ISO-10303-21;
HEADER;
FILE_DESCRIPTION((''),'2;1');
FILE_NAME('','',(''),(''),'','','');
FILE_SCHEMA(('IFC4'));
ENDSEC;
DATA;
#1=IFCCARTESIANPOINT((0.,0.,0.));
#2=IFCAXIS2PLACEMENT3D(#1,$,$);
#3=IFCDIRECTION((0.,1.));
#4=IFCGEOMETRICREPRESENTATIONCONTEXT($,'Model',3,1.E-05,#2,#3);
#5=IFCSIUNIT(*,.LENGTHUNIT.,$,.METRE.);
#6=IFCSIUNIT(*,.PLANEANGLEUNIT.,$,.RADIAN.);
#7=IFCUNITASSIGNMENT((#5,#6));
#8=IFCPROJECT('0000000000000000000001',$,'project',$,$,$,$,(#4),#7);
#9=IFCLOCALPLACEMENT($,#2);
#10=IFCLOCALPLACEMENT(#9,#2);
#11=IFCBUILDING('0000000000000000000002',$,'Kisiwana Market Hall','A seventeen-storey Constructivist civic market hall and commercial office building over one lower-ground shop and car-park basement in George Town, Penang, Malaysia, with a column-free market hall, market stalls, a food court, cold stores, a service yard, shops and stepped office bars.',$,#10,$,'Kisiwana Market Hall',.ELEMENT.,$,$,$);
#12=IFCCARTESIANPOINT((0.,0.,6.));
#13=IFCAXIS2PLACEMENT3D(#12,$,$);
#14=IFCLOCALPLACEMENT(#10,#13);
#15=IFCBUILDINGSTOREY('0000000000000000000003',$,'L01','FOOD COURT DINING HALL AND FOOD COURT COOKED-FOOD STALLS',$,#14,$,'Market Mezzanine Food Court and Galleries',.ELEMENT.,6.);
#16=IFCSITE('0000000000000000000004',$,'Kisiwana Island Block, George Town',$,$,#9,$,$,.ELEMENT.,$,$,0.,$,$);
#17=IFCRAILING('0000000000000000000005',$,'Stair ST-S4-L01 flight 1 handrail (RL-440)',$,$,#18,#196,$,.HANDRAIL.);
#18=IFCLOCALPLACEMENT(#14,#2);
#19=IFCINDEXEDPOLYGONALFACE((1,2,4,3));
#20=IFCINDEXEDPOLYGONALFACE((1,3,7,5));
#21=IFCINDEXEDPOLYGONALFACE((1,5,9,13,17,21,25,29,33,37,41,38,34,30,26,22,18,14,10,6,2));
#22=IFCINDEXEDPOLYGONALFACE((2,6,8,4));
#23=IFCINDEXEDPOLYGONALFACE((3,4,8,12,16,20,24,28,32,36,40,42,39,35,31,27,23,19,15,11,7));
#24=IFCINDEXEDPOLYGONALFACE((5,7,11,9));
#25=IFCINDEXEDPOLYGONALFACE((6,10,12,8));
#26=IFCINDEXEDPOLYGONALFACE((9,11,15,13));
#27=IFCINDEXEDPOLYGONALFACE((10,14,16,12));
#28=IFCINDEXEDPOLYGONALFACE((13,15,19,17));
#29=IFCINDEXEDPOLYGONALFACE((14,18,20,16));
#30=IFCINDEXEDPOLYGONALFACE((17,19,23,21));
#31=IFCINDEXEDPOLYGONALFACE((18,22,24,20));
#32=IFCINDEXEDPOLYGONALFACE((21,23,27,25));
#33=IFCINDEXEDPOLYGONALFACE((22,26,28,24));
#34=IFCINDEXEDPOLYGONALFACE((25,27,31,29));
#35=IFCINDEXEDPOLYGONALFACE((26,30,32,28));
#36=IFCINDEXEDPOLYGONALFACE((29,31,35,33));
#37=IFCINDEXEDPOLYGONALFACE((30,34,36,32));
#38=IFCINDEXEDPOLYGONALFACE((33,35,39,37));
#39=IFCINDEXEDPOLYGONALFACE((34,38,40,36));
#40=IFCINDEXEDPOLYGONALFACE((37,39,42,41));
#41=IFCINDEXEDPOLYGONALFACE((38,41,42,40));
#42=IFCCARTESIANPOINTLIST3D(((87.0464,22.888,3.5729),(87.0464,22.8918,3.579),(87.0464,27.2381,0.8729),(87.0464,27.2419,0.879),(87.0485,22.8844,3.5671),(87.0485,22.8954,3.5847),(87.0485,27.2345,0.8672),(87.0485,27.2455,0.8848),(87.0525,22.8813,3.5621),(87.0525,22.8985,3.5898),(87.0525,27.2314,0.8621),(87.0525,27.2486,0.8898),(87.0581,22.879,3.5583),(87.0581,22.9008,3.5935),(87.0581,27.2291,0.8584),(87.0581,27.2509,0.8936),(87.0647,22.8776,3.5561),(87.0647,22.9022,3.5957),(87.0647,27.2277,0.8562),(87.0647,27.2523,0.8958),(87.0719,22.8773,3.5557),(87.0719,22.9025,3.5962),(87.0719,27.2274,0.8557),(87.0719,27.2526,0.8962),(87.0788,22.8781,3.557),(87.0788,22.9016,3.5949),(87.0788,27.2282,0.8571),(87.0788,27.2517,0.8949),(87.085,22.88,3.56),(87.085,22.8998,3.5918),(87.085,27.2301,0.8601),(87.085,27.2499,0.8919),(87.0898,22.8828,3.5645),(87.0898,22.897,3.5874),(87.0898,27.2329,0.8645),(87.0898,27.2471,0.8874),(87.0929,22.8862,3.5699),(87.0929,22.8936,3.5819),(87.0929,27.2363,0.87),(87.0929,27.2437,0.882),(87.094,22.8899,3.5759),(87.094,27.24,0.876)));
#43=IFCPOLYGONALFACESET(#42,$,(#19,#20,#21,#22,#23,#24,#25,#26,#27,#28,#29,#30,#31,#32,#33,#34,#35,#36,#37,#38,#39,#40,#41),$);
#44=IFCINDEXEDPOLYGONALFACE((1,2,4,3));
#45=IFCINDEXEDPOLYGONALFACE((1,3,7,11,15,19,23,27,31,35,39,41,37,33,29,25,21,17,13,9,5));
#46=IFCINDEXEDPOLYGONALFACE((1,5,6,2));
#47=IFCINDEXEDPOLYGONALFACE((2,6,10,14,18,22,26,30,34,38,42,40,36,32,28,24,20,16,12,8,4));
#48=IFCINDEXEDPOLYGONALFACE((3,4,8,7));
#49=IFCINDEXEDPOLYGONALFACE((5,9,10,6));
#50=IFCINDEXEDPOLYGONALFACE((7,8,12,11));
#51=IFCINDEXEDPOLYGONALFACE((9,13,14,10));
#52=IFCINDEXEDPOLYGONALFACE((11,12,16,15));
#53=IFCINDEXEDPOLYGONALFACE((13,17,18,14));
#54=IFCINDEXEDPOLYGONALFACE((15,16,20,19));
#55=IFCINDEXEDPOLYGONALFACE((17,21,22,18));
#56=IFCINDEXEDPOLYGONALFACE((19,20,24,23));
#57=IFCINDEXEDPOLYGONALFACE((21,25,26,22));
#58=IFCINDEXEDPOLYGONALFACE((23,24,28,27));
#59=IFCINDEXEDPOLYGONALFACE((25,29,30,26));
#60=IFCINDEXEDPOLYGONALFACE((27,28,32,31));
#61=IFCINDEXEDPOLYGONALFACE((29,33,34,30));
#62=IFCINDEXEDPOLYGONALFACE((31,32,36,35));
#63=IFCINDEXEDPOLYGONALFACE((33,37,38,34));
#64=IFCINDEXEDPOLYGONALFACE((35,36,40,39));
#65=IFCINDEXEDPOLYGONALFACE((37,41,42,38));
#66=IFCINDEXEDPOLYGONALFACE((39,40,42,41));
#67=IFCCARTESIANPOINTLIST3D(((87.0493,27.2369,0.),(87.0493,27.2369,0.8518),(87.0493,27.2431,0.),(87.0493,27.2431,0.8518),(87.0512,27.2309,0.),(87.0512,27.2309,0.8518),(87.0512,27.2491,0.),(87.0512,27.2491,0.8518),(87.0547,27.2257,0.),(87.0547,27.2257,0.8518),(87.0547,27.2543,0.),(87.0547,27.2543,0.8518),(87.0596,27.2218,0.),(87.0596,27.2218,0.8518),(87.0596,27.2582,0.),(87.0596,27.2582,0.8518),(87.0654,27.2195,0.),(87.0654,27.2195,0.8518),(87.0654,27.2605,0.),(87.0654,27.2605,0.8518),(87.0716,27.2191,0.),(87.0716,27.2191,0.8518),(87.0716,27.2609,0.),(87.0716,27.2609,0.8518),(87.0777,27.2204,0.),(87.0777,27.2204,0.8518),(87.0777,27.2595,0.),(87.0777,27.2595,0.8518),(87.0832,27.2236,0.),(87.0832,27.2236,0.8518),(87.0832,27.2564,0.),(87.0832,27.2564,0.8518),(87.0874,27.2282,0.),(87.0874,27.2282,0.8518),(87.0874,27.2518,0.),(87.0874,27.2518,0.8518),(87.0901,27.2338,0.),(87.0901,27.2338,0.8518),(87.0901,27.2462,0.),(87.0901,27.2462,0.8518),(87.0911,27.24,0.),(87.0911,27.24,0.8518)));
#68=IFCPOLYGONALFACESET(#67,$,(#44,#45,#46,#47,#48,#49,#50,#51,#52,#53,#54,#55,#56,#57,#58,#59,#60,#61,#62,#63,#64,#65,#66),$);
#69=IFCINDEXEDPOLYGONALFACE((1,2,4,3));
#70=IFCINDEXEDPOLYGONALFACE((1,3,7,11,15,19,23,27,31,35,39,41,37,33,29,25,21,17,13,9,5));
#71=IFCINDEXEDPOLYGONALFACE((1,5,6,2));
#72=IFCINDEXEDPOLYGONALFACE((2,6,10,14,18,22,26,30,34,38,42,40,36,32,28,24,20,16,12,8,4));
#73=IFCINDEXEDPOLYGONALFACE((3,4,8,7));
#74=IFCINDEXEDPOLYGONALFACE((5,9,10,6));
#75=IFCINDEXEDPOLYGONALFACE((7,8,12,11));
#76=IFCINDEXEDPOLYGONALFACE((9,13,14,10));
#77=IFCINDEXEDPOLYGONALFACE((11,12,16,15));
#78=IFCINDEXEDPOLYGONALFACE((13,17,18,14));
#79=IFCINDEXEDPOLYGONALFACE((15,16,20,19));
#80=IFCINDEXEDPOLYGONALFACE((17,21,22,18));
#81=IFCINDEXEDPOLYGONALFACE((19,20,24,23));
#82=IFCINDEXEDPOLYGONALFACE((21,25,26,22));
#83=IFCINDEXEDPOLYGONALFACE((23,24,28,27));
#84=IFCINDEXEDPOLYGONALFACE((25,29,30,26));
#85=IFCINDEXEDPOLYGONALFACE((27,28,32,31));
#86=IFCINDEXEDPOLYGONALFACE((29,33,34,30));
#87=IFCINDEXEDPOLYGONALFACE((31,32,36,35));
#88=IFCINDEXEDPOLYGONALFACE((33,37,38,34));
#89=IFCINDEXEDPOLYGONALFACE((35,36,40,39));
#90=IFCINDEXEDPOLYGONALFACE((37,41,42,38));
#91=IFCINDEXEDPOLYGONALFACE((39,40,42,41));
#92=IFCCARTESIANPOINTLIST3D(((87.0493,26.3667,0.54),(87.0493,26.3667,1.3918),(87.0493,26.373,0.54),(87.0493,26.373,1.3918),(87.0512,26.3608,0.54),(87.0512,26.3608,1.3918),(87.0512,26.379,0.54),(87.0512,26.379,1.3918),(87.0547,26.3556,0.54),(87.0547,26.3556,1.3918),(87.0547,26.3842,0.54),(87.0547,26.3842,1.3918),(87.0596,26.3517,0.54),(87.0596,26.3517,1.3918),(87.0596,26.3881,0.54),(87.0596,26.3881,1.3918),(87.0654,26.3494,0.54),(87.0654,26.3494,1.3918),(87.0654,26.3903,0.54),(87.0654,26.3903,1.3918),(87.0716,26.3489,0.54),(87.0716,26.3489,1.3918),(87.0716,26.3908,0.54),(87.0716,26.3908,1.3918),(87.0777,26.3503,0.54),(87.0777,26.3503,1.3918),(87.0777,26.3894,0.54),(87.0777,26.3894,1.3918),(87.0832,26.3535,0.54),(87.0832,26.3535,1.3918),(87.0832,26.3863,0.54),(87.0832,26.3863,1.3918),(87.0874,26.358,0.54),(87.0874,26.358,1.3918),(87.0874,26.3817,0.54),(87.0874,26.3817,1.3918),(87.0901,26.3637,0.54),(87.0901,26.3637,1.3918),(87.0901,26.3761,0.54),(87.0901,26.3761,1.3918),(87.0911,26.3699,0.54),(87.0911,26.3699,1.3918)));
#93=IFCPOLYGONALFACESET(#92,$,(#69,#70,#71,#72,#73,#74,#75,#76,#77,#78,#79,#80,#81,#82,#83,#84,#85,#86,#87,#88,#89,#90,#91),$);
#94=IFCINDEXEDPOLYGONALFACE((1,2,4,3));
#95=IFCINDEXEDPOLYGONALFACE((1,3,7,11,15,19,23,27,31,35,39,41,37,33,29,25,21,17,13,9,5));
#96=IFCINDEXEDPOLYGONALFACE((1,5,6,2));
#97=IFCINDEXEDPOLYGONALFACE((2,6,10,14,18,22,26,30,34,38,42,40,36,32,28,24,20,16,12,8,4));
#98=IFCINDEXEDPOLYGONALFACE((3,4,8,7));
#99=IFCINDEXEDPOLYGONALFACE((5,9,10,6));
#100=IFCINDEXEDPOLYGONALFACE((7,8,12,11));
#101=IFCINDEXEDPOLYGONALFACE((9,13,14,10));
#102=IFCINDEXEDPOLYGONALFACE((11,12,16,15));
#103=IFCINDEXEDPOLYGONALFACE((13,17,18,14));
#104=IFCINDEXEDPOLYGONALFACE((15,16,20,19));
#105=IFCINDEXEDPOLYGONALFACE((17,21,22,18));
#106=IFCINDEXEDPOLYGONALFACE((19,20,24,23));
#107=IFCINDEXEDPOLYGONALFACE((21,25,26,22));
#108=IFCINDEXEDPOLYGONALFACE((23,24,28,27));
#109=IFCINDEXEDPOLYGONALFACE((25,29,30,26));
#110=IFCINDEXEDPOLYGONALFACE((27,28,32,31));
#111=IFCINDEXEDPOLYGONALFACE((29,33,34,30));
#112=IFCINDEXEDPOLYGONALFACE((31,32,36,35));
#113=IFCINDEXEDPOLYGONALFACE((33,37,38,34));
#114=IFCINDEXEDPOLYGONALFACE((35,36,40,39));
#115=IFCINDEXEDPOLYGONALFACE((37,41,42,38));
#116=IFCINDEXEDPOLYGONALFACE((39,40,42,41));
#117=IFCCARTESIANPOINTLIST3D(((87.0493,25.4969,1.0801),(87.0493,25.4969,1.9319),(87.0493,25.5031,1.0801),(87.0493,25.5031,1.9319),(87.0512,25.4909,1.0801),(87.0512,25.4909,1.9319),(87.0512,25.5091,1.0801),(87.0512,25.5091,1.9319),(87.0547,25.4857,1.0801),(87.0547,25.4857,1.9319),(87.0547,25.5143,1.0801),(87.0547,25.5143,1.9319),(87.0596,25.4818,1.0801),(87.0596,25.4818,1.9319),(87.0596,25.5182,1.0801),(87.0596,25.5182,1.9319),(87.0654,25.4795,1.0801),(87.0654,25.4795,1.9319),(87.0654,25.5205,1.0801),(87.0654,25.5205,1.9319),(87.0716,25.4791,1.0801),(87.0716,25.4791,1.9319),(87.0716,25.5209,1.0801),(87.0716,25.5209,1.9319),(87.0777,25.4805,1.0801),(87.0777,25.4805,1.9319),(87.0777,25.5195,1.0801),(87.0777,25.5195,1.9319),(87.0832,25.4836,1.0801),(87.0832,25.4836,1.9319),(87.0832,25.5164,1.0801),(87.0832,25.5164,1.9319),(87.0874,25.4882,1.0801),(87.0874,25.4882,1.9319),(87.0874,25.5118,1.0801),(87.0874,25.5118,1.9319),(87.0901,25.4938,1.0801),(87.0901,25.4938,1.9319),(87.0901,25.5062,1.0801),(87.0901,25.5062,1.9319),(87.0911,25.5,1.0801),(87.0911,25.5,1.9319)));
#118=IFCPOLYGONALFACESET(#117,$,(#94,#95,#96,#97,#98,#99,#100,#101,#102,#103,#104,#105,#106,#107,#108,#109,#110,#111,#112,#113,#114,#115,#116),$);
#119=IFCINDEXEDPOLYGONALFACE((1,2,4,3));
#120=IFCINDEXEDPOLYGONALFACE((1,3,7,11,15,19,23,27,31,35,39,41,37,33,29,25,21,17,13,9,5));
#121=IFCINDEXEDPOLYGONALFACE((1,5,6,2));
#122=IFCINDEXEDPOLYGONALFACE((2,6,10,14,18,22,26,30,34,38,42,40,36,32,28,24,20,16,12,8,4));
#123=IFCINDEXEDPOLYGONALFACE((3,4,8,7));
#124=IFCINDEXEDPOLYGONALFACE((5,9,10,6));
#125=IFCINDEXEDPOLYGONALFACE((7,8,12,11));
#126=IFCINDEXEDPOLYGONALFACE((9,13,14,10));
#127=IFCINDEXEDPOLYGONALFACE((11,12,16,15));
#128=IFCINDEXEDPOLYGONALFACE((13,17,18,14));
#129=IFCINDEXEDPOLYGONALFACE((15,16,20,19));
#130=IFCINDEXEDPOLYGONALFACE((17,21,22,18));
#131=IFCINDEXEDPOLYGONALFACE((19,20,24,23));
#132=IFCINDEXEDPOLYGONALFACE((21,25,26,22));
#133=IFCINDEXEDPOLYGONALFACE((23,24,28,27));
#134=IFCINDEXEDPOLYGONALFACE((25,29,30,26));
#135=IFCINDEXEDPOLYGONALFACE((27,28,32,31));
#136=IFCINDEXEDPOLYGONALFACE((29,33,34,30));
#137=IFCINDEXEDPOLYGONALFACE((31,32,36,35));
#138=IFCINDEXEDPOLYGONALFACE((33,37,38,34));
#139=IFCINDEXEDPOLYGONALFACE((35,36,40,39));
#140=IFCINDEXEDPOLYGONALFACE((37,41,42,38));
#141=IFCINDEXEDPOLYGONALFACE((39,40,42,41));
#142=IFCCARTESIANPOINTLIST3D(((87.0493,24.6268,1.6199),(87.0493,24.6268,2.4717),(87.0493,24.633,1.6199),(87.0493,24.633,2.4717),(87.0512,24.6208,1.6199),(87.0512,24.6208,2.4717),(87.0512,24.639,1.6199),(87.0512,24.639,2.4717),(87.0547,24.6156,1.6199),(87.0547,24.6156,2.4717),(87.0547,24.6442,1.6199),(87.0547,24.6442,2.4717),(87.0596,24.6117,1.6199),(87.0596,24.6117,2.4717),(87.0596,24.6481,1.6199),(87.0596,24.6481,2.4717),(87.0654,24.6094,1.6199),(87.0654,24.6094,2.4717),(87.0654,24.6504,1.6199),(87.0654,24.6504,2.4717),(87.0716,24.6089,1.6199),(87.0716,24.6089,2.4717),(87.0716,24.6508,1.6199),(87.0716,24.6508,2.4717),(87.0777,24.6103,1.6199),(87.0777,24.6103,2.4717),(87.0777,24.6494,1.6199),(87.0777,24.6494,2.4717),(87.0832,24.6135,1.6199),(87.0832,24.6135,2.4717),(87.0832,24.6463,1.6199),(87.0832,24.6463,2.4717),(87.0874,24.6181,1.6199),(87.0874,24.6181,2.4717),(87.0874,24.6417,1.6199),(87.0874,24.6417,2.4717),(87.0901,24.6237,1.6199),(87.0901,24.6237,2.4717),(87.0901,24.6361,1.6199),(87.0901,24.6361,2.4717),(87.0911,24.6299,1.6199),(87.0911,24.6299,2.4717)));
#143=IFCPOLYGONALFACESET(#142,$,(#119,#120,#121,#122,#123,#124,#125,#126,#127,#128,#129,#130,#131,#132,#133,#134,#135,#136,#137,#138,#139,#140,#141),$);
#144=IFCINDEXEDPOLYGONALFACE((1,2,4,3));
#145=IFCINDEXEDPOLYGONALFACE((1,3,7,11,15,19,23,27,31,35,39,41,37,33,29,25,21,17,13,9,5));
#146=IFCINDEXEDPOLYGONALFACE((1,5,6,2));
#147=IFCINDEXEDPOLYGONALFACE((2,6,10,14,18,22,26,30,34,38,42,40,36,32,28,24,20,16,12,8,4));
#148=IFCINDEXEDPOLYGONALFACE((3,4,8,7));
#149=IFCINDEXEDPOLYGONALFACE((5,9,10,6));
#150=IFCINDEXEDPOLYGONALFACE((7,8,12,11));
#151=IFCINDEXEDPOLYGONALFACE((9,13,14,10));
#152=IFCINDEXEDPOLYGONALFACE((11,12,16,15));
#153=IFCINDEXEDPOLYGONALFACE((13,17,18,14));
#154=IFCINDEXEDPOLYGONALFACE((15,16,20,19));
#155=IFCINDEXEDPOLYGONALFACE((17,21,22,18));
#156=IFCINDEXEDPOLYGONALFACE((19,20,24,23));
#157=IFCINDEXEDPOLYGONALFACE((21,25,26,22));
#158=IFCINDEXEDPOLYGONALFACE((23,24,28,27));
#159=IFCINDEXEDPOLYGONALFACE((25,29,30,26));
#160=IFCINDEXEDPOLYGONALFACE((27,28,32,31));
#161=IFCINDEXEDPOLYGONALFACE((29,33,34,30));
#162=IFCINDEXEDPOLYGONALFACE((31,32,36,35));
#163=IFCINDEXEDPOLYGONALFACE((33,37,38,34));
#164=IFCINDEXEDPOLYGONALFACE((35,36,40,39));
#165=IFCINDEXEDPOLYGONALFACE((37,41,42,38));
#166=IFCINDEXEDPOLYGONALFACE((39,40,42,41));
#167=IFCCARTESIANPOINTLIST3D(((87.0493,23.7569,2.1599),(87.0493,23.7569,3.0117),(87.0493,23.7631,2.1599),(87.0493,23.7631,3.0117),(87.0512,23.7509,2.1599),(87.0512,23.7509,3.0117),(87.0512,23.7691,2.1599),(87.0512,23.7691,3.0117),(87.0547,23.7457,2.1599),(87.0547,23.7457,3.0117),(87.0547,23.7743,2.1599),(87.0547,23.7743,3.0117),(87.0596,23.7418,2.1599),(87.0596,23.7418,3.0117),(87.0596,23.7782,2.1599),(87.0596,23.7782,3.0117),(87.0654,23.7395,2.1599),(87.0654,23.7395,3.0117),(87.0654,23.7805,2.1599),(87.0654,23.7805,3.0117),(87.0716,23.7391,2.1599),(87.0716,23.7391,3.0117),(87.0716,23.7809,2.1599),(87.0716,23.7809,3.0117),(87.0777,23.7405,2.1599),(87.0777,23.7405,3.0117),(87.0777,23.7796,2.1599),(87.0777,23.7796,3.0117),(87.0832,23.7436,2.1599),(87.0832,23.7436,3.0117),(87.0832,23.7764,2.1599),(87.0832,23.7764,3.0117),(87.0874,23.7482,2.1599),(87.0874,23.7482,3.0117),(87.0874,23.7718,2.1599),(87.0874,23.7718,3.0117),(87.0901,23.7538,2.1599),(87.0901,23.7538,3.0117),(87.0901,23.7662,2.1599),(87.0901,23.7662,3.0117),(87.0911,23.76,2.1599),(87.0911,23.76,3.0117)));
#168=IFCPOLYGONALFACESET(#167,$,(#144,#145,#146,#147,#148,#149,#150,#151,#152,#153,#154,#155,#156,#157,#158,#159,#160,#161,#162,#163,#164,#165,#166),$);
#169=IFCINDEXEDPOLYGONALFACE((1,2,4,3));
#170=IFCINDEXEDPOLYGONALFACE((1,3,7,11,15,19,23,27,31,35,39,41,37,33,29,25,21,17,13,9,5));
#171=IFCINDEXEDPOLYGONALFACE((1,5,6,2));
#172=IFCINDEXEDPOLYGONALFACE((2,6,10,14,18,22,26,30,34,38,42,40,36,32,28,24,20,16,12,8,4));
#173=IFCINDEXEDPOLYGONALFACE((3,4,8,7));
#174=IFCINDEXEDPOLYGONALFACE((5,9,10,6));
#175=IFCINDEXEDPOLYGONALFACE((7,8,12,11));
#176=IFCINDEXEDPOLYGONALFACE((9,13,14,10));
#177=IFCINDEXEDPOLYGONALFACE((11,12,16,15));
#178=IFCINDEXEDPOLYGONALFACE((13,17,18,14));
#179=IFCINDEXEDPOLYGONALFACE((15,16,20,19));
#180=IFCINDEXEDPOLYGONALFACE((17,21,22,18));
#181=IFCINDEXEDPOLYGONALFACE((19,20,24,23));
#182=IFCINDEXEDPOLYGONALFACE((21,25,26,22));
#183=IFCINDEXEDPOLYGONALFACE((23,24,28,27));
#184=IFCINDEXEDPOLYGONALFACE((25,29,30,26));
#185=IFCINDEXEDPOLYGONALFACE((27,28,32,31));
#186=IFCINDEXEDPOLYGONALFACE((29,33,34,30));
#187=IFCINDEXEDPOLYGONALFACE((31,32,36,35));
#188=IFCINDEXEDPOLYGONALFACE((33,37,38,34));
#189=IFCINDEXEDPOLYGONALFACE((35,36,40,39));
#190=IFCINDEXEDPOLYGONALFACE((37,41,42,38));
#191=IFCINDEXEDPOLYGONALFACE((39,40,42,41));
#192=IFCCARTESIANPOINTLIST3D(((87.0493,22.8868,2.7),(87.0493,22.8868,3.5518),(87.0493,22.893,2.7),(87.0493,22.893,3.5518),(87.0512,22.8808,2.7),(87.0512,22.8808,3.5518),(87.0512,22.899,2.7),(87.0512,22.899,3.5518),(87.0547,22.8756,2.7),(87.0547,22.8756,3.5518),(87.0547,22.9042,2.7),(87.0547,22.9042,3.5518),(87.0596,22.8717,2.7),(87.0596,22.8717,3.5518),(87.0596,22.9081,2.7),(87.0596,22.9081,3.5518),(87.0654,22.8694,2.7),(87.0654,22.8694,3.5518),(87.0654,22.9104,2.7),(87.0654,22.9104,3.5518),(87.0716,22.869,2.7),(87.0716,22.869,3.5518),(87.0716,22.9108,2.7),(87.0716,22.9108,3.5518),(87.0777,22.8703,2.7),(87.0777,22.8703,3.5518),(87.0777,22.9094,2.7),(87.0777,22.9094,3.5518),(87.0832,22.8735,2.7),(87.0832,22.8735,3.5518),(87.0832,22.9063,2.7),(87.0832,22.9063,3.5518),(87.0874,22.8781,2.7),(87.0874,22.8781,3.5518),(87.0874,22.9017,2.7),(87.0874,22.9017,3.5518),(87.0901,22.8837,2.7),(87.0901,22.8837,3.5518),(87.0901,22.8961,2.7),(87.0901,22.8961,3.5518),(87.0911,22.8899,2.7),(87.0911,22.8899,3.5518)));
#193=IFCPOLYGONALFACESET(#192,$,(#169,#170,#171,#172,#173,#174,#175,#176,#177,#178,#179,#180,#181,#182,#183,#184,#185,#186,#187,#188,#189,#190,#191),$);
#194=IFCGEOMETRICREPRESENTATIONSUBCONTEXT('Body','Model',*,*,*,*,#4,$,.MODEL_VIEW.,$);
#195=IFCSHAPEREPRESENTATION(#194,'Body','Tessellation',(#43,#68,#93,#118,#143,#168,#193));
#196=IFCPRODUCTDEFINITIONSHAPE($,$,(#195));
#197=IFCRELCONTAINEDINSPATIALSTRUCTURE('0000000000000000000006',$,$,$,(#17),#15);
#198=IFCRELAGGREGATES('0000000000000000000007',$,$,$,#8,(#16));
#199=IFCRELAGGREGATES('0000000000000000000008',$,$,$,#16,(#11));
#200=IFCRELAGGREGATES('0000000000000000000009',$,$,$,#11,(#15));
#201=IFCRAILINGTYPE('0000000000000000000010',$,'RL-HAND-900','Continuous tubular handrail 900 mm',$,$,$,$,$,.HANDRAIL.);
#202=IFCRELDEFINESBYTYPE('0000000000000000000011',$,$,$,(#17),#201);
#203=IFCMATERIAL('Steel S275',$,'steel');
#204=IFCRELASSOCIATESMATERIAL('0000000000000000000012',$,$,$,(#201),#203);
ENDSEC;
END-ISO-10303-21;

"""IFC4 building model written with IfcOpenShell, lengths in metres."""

from ifc_helpers import new_model, si_unit, direction, frame, origin, origin_2d, place, context, subcontext, project, spatial, circle, extrude, material, type_object, element, save


model = new_model("IFC4")

# Units and contexts
model_context = context("Model", 3, precision=1e-05, world=origin(), true_north=direction((0.0, 1.0)))
body_context = subcontext(model_context, "Body", "Model", "MODEL_VIEW")
ifc_project = project(units=[si_unit("LENGTHUNIT", "METRE"), si_unit("PLANEANGLEUNIT", "RADIAN")], contexts=[model_context])

# Site, building, storey
site_placement = place(None, origin())
site = spatial("IfcSite", under=ifc_project, at=site_placement, Name="Kisiwana Island Block, George Town", CompositionType="ELEMENT", RefElevation=0.0)
building_placement = place(site_placement, origin())
building = spatial("IfcBuilding", under=site, at=building_placement, Name="Kisiwana Market Hall", Description="A seventeen-storey Constructivist civic market hall and commercial office building over one lower-ground shop and car-park basement in George Town, Penang, Malaysia, with a column-free market hall, market stalls, a food court, cold stores, a service yard, shops and stepped office bars.", LongName="Kisiwana Market Hall", CompositionType="ELEMENT")
storey_placement = place(building_placement, frame((0.0, 0.0, 6.0)))
storey = spatial("IfcBuildingStorey", under=building, at=storey_placement, Name="L01", Description="FOOD COURT DINING HALL AND FOOD COURT COOKED-FOOD STALLS", LongName="Market Mezzanine Food Court and Galleries", CompositionType="ELEMENT", Elevation=6.0)

# Railing
ifc_material_1 = material(Name="Steel S275", Category="steel")
railing_type_1 = type_object("IfcRailingType", Name="RL-HAND-900", Description="Continuous tubular handrail 900 mm", PredefinedType="HANDRAIL", material=ifc_material_1)
railing_1_placement = place(storey_placement, frame((87.0701, 27.24, 0.0)))
element("IfcRailing", 1, at=railing_1_placement, inside=storey, type_object=railing_type_1, Name="Stair ST-S4-L01 flight 1 handrail (RL-440)", PredefinedType="HANDRAIL", context=body_context, shape_type="SweptSolid", body=[
    extrude(circle(Radius=0.0239, at=origin_2d()), frame((0.0, 0.0, 0.876), z_axis=(0.0, -0.84965, 0.527347), x_axis=(1.0, 0.0, 0.0)), (0.0, 0.0, 1.0), 5.1199),
    extrude(circle(Radius=0.021, at=origin_2d()), origin(), (0.0, 0.0, 1.0), 0.8518),
    extrude(circle(Radius=0.021, at=origin_2d()), frame((0.0, -0.8701, 0.54)), (0.0, 0.0, 1.0), 0.8518),
    extrude(circle(Radius=0.021, at=origin_2d()), frame((0.0, -1.74, 1.0801)), (0.0, 0.0, 1.0), 0.8518),
    extrude(circle(Radius=0.021, at=origin_2d()), frame((0.0, -2.6101, 1.6199)), (0.0, 0.0, 1.0), 0.8518),
    extrude(circle(Radius=0.021, at=origin_2d()), frame((0.0, -3.48, 2.1599)), (0.0, 0.0, 1.0), 0.8518),
    extrude(circle(Radius=0.021, at=origin_2d()), frame((0.0, -4.3501, 2.7)), (0.0, 0.0, 1.0), 0.8518),
])

save(model, "model.ifc")
